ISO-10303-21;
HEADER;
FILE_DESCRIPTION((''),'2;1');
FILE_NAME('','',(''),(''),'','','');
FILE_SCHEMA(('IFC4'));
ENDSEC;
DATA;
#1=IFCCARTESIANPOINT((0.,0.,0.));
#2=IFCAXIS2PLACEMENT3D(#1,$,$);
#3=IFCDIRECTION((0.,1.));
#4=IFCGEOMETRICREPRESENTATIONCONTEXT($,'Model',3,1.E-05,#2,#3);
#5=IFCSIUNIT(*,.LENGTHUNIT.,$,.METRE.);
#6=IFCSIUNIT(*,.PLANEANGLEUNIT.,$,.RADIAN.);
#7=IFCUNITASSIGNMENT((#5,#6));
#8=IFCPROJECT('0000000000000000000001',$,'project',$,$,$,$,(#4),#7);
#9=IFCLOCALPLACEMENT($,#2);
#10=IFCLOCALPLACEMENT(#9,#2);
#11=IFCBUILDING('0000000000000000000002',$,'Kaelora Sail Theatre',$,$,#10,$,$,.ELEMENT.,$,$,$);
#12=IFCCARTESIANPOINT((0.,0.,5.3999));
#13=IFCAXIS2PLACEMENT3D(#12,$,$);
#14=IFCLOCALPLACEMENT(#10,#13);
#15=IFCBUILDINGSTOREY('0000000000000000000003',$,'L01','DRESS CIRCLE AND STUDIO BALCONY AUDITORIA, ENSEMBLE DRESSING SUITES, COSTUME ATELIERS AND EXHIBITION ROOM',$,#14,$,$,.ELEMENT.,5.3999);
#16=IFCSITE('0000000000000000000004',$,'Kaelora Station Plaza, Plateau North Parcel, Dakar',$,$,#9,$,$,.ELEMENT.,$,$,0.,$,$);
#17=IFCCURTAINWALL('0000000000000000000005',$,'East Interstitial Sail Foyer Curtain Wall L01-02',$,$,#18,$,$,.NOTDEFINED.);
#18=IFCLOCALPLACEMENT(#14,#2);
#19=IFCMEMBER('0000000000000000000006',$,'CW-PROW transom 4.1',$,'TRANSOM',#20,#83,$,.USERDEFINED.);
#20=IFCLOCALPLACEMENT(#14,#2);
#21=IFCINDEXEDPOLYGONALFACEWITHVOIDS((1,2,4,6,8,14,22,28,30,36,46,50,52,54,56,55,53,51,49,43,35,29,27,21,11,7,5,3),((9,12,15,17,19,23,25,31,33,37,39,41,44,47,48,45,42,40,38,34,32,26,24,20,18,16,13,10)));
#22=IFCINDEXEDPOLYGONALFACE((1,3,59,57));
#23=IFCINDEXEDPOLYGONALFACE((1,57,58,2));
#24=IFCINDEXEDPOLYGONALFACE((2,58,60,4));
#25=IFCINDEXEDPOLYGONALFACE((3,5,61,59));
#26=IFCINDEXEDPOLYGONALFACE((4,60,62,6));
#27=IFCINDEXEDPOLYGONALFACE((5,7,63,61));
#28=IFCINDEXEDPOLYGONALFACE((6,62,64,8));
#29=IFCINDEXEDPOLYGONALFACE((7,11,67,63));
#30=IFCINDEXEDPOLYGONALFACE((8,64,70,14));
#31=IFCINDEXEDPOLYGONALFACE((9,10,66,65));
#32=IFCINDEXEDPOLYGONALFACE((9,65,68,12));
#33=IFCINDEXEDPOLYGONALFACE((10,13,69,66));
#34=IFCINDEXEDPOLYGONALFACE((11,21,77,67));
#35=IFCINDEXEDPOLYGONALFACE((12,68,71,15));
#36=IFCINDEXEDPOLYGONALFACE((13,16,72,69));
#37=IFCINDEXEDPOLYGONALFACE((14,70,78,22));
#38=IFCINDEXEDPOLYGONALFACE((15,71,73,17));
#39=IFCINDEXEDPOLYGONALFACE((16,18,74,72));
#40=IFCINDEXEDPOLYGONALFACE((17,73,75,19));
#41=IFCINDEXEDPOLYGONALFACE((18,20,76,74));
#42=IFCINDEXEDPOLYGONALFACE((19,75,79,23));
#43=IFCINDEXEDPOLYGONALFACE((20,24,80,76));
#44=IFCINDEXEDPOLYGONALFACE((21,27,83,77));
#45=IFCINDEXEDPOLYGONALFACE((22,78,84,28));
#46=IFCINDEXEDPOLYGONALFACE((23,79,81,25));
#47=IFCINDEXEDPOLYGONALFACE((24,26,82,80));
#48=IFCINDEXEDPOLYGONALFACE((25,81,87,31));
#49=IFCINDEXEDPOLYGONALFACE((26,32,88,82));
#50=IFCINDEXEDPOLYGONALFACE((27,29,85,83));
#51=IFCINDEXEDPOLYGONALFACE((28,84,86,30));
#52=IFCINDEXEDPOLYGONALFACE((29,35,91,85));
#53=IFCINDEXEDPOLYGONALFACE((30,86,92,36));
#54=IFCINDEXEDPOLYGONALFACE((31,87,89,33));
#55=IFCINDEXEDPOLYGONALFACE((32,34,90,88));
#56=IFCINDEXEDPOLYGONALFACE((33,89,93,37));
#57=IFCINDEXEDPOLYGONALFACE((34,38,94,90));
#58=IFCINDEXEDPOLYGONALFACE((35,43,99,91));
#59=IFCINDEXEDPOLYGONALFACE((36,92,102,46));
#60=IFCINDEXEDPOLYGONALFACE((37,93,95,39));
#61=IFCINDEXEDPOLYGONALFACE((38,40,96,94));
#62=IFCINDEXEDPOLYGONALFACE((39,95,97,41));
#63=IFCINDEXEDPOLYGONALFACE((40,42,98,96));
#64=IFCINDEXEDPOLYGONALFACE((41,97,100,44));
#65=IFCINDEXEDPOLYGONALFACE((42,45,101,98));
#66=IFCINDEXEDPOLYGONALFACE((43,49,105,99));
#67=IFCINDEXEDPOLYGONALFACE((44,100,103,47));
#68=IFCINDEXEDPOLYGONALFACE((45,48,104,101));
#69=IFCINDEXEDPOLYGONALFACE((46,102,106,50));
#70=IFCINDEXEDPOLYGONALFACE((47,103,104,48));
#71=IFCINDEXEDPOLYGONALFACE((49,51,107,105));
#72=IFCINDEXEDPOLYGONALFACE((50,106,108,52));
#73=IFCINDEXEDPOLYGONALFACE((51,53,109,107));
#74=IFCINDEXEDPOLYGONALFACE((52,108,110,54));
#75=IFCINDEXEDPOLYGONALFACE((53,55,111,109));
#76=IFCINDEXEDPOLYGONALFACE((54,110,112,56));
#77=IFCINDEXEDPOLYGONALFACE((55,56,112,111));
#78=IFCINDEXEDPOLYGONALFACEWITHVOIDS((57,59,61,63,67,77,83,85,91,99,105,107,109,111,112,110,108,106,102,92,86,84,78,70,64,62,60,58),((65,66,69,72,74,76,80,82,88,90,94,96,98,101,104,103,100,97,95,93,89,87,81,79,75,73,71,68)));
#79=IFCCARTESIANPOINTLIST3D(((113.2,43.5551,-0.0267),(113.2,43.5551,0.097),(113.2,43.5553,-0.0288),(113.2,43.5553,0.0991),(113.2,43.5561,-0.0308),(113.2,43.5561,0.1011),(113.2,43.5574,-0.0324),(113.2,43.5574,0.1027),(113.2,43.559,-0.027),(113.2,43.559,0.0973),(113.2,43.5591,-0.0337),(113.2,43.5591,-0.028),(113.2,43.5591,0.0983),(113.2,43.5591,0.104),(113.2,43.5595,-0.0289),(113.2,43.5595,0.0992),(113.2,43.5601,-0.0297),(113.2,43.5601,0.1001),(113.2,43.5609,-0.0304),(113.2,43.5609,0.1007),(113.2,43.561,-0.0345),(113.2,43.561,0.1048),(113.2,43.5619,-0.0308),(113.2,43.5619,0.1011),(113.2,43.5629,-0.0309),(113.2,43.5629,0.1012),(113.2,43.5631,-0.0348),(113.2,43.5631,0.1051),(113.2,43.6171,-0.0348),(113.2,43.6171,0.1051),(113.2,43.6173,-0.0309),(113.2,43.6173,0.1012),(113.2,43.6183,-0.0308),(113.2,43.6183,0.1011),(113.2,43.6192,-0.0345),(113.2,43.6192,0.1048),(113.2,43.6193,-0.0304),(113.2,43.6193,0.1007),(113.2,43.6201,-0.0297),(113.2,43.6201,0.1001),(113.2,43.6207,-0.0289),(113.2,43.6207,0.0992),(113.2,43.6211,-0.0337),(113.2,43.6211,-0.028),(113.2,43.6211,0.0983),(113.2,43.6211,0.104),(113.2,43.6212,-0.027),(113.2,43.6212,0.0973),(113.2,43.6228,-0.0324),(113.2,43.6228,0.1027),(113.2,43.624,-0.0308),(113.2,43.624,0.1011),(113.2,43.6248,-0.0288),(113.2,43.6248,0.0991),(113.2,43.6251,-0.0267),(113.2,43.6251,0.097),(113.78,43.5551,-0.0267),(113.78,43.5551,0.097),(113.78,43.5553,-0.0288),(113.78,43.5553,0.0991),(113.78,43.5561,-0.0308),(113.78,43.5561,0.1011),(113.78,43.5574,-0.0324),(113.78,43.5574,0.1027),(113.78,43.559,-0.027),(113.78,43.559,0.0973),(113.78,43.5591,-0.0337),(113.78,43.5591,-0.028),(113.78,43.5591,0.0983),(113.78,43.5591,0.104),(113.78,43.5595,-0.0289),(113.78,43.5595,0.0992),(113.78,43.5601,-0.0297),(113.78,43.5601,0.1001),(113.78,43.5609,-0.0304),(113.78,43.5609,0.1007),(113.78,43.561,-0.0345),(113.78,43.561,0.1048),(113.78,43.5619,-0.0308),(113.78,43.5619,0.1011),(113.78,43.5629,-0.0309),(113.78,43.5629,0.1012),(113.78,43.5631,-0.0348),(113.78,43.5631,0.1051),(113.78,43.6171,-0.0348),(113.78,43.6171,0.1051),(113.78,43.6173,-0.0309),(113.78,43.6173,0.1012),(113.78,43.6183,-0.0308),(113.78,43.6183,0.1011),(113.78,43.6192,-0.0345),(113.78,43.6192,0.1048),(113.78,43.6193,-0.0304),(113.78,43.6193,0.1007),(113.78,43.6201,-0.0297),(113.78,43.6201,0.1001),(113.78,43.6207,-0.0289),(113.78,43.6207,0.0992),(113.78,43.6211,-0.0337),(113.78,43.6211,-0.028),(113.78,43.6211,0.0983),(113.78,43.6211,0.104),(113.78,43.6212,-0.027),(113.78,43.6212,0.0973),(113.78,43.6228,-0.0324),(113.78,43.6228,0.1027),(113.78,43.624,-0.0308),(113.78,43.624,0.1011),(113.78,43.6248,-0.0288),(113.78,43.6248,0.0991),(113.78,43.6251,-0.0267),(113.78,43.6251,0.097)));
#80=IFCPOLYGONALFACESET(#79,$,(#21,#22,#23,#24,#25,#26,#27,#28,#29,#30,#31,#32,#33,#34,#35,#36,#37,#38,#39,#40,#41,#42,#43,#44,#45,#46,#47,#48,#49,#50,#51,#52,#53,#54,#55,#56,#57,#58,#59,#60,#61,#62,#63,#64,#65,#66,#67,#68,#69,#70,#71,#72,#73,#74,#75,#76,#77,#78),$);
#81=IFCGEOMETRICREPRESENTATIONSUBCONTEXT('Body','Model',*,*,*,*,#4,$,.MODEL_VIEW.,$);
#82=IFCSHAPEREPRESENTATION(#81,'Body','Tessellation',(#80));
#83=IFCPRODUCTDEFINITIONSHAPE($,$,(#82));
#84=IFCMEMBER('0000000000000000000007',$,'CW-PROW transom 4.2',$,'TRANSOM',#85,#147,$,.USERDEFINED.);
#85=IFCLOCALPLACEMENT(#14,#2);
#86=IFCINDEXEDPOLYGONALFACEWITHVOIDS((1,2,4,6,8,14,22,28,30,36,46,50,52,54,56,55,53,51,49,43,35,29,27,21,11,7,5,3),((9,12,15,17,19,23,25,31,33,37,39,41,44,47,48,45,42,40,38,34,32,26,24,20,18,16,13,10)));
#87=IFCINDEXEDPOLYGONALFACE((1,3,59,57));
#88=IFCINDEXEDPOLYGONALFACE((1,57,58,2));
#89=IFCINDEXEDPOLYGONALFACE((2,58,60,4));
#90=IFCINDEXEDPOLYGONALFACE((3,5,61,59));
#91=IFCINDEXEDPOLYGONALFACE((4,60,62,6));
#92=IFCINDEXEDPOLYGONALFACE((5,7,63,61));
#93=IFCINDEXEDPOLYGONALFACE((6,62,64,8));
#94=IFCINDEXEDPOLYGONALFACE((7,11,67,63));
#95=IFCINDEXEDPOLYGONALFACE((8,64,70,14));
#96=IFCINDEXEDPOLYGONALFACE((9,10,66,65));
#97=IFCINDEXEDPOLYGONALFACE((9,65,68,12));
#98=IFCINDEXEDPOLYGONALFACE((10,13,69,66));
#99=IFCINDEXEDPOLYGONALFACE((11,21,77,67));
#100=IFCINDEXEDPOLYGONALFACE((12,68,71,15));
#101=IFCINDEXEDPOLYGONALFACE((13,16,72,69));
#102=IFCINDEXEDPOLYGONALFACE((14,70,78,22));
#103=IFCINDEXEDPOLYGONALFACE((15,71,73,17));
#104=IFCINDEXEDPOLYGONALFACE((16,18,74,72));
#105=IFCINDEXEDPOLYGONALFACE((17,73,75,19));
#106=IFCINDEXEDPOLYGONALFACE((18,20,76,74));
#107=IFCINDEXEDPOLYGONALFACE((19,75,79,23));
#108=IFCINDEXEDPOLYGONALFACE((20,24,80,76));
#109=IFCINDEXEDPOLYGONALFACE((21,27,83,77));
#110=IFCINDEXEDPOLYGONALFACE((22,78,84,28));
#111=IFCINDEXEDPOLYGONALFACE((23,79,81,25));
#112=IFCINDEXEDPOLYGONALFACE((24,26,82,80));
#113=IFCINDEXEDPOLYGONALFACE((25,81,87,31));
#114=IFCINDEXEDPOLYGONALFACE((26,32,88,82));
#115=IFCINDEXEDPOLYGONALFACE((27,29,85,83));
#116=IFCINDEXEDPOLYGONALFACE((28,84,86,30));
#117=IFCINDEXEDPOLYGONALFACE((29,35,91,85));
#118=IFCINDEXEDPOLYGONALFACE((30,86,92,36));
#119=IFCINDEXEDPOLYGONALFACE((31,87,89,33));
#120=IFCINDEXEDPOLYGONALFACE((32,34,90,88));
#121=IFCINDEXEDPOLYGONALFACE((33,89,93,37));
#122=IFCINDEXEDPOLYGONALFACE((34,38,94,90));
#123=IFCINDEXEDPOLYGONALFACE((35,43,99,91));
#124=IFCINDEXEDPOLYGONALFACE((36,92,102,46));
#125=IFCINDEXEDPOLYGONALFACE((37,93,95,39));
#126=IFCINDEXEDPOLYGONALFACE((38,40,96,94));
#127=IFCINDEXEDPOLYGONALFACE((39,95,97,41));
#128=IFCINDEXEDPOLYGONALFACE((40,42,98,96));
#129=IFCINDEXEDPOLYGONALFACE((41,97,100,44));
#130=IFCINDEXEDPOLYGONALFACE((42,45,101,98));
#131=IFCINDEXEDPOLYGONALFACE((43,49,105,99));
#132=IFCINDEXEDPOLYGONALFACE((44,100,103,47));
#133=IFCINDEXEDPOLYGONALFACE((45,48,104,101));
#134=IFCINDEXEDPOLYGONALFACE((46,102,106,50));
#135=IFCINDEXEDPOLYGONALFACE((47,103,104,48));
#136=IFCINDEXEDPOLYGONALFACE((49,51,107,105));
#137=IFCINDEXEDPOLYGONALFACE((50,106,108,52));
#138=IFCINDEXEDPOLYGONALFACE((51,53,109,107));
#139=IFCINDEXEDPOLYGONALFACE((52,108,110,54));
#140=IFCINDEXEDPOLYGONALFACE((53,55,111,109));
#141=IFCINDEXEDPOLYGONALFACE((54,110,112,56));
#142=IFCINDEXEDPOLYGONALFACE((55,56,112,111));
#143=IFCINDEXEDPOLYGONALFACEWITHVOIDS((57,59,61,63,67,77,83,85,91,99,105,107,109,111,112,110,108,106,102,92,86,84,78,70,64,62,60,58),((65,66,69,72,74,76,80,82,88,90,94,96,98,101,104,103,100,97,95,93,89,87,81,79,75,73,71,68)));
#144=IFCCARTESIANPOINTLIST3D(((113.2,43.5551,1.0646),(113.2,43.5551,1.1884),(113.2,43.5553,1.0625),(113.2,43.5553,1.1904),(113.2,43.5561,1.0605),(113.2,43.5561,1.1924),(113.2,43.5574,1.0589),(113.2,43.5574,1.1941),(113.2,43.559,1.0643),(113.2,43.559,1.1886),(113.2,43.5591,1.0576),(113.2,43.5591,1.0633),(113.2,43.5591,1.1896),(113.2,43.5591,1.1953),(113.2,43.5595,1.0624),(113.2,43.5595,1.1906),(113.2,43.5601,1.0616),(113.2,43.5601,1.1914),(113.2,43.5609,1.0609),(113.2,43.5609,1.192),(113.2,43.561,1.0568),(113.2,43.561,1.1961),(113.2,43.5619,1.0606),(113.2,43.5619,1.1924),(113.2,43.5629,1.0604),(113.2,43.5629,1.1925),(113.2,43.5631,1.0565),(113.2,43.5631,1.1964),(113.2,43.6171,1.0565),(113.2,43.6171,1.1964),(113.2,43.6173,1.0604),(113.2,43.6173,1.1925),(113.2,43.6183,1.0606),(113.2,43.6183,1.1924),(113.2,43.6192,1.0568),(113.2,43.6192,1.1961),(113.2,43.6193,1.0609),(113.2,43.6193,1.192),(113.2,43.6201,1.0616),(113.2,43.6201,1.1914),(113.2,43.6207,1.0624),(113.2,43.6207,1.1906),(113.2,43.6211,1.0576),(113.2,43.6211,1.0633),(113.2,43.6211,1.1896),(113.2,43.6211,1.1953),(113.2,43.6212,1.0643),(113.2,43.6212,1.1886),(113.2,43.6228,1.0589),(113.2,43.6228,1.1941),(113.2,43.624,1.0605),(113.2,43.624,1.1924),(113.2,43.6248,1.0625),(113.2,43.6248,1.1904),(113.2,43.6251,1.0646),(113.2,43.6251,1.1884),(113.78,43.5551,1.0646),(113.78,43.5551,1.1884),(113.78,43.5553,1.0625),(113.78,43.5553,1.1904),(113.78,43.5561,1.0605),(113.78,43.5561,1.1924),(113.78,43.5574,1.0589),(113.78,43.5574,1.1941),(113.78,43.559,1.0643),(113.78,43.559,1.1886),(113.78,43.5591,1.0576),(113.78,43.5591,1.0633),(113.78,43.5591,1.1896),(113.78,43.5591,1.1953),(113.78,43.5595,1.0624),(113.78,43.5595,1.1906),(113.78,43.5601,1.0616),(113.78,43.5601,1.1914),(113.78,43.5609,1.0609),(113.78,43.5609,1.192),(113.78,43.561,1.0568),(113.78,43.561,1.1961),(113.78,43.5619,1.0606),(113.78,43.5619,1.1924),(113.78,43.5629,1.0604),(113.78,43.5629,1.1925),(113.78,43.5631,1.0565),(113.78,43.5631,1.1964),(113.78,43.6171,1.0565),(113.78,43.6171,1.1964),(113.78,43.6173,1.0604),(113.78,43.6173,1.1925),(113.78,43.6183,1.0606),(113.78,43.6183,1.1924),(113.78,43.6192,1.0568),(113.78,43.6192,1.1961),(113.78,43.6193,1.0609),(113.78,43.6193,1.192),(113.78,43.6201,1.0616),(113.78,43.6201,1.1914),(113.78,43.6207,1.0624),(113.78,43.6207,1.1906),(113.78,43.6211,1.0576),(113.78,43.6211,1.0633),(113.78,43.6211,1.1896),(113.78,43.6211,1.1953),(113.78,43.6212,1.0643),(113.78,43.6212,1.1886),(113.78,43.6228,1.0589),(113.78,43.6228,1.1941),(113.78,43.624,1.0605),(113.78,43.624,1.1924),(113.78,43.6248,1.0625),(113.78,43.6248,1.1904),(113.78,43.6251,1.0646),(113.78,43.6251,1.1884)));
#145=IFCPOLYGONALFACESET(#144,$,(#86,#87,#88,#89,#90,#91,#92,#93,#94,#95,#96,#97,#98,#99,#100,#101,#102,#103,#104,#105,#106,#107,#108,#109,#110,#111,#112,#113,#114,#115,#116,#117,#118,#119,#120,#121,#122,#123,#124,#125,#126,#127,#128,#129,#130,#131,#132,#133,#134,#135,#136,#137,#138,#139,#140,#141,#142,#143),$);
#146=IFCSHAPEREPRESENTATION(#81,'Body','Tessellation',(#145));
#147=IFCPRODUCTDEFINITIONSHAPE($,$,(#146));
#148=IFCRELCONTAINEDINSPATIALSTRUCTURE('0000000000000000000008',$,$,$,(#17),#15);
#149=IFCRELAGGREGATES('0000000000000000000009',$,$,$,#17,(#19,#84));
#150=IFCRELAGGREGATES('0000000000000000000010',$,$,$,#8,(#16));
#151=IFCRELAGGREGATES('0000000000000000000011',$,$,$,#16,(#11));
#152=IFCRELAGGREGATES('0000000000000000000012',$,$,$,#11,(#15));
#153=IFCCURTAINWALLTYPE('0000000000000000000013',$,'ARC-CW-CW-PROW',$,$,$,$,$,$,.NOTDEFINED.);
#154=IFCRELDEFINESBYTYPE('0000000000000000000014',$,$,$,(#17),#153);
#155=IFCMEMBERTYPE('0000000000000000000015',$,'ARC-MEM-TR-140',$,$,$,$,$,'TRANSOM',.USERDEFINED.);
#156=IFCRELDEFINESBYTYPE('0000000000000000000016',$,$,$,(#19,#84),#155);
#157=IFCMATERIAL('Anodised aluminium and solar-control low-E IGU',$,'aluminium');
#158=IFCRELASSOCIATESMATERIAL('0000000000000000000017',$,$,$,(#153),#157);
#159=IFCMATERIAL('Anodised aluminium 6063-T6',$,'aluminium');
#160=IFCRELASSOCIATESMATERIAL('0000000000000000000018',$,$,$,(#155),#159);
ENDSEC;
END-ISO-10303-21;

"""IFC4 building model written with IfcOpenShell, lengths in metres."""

from ifc_helpers import new_model, si_unit, direction, frame, origin, origin_2d, place, context, subcontext, project, spatial, hollow_rectangle, extrude, material, material_profile, profile_set, type_object, element, aggregate, save


model = new_model("IFC4")

# Units and contexts
model_context = context("Model", 3, precision=1e-05, world=origin(), true_north=direction((0.0, 1.0)))
body_context = subcontext(model_context, "Body", "Model", "MODEL_VIEW")
ifc_project = project(units=[si_unit("LENGTHUNIT", "METRE"), si_unit("PLANEANGLEUNIT", "RADIAN")], contexts=[model_context])

# Site, building, storey
site_placement = place(None, origin())
site = spatial("IfcSite", under=ifc_project, at=site_placement, Name="Kaelora Station Plaza, Plateau North Parcel, Dakar", CompositionType="ELEMENT", RefElevation=0.0)
building_placement = place(site_placement, origin())
building = spatial("IfcBuilding", under=site, at=building_placement, Name="Kaelora Sail Theatre", CompositionType="ELEMENT")
storey_placement = place(building_placement, frame((0.0, 0.0, 5.3999)))
storey = spatial("IfcBuildingStorey", under=building, at=storey_placement, Name="L01", Description="DRESS CIRCLE AND STUDIO BALCONY AUDITORIA, ENSEMBLE DRESSING SUITES, COSTUME ATELIERS AND EXHIBITION ROOM", CompositionType="ELEMENT", Elevation=5.3999)

# Curtain wall, members
ifc_material_1 = material(Name="Anodised aluminium and solar-control low-E IGU", Category="aluminium")
curtain_wall_type = type_object("IfcCurtainWallType", Name="ARC-CW-CW-PROW", PredefinedType="NOTDEFINED", material=ifc_material_1)
curtain_wall_placement = place(storey_placement, origin())
curtain_wall = element("IfcCurtainWall", 1, at=curtain_wall_placement, inside=storey, type_object=curtain_wall_type, Name="East Interstitial Sail Foyer Curtain Wall L01-02", PredefinedType="NOTDEFINED")
ifc_material_2 = material(Name="Anodised aluminium 6063-T6", Category="aluminium")
ifc_material_profile_1 = material_profile(ifc_material_2, hollow_rectangle(XDim=0.0701, YDim=0.1399, WallThickness=0.0039, InnerFilletRadius=0.0039, OuterFilletRadius=0.0081, at=origin_2d()), Name="ALU-TRAN 70x140x4")
ifc_profile_set_1 = profile_set([ifc_material_profile_1], Name="Anodised aluminium 6063-T6")
member_type_1 = type_object("IfcMemberType", Name="ARC-MEM-TR-140", ElementType="TRANSOM", PredefinedType="USERDEFINED", material=ifc_profile_set_1)
member_1_placement = place(storey_placement, frame((113.2, 43.5901, 0.0352), z_axis=(1.0, 0.0, 0.0), x_axis=(0.0, 1.0, 0.0)))
member_1 = element("IfcMember", 2, at=member_1_placement, type_object=member_type_1, Name="CW-PROW transom 4.1", ObjectType="TRANSOM", PredefinedType="USERDEFINED", context=body_context, shape_type="SweptSolid", body=[
    extrude(hollow_rectangle(XDim=0.0701, YDim=0.1399, WallThickness=0.0039, InnerFilletRadius=0.0039, OuterFilletRadius=0.0081, at=origin_2d()), origin(), (0.0, 0.0, 1.0), 0.5801),
])
member_2_placement = place(storey_placement, frame((113.2, 43.5901, 1.1265), z_axis=(1.0, 0.0, 0.0), x_axis=(0.0, 1.0, 0.0)))
member_2 = element("IfcMember", 3, at=member_2_placement, type_object=member_type_1, Name="CW-PROW transom 4.2", ObjectType="TRANSOM", PredefinedType="USERDEFINED", context=body_context, shape_type="SweptSolid", body=[
    extrude(hollow_rectangle(XDim=0.0701, YDim=0.1399, WallThickness=0.0039, InnerFilletRadius=0.0039, OuterFilletRadius=0.0081, at=origin_2d()), origin(), (0.0, 0.0, 1.0), 0.5801),
])

aggregate(curtain_wall, [member_1, member_2])

save(model, "model.ifc")
